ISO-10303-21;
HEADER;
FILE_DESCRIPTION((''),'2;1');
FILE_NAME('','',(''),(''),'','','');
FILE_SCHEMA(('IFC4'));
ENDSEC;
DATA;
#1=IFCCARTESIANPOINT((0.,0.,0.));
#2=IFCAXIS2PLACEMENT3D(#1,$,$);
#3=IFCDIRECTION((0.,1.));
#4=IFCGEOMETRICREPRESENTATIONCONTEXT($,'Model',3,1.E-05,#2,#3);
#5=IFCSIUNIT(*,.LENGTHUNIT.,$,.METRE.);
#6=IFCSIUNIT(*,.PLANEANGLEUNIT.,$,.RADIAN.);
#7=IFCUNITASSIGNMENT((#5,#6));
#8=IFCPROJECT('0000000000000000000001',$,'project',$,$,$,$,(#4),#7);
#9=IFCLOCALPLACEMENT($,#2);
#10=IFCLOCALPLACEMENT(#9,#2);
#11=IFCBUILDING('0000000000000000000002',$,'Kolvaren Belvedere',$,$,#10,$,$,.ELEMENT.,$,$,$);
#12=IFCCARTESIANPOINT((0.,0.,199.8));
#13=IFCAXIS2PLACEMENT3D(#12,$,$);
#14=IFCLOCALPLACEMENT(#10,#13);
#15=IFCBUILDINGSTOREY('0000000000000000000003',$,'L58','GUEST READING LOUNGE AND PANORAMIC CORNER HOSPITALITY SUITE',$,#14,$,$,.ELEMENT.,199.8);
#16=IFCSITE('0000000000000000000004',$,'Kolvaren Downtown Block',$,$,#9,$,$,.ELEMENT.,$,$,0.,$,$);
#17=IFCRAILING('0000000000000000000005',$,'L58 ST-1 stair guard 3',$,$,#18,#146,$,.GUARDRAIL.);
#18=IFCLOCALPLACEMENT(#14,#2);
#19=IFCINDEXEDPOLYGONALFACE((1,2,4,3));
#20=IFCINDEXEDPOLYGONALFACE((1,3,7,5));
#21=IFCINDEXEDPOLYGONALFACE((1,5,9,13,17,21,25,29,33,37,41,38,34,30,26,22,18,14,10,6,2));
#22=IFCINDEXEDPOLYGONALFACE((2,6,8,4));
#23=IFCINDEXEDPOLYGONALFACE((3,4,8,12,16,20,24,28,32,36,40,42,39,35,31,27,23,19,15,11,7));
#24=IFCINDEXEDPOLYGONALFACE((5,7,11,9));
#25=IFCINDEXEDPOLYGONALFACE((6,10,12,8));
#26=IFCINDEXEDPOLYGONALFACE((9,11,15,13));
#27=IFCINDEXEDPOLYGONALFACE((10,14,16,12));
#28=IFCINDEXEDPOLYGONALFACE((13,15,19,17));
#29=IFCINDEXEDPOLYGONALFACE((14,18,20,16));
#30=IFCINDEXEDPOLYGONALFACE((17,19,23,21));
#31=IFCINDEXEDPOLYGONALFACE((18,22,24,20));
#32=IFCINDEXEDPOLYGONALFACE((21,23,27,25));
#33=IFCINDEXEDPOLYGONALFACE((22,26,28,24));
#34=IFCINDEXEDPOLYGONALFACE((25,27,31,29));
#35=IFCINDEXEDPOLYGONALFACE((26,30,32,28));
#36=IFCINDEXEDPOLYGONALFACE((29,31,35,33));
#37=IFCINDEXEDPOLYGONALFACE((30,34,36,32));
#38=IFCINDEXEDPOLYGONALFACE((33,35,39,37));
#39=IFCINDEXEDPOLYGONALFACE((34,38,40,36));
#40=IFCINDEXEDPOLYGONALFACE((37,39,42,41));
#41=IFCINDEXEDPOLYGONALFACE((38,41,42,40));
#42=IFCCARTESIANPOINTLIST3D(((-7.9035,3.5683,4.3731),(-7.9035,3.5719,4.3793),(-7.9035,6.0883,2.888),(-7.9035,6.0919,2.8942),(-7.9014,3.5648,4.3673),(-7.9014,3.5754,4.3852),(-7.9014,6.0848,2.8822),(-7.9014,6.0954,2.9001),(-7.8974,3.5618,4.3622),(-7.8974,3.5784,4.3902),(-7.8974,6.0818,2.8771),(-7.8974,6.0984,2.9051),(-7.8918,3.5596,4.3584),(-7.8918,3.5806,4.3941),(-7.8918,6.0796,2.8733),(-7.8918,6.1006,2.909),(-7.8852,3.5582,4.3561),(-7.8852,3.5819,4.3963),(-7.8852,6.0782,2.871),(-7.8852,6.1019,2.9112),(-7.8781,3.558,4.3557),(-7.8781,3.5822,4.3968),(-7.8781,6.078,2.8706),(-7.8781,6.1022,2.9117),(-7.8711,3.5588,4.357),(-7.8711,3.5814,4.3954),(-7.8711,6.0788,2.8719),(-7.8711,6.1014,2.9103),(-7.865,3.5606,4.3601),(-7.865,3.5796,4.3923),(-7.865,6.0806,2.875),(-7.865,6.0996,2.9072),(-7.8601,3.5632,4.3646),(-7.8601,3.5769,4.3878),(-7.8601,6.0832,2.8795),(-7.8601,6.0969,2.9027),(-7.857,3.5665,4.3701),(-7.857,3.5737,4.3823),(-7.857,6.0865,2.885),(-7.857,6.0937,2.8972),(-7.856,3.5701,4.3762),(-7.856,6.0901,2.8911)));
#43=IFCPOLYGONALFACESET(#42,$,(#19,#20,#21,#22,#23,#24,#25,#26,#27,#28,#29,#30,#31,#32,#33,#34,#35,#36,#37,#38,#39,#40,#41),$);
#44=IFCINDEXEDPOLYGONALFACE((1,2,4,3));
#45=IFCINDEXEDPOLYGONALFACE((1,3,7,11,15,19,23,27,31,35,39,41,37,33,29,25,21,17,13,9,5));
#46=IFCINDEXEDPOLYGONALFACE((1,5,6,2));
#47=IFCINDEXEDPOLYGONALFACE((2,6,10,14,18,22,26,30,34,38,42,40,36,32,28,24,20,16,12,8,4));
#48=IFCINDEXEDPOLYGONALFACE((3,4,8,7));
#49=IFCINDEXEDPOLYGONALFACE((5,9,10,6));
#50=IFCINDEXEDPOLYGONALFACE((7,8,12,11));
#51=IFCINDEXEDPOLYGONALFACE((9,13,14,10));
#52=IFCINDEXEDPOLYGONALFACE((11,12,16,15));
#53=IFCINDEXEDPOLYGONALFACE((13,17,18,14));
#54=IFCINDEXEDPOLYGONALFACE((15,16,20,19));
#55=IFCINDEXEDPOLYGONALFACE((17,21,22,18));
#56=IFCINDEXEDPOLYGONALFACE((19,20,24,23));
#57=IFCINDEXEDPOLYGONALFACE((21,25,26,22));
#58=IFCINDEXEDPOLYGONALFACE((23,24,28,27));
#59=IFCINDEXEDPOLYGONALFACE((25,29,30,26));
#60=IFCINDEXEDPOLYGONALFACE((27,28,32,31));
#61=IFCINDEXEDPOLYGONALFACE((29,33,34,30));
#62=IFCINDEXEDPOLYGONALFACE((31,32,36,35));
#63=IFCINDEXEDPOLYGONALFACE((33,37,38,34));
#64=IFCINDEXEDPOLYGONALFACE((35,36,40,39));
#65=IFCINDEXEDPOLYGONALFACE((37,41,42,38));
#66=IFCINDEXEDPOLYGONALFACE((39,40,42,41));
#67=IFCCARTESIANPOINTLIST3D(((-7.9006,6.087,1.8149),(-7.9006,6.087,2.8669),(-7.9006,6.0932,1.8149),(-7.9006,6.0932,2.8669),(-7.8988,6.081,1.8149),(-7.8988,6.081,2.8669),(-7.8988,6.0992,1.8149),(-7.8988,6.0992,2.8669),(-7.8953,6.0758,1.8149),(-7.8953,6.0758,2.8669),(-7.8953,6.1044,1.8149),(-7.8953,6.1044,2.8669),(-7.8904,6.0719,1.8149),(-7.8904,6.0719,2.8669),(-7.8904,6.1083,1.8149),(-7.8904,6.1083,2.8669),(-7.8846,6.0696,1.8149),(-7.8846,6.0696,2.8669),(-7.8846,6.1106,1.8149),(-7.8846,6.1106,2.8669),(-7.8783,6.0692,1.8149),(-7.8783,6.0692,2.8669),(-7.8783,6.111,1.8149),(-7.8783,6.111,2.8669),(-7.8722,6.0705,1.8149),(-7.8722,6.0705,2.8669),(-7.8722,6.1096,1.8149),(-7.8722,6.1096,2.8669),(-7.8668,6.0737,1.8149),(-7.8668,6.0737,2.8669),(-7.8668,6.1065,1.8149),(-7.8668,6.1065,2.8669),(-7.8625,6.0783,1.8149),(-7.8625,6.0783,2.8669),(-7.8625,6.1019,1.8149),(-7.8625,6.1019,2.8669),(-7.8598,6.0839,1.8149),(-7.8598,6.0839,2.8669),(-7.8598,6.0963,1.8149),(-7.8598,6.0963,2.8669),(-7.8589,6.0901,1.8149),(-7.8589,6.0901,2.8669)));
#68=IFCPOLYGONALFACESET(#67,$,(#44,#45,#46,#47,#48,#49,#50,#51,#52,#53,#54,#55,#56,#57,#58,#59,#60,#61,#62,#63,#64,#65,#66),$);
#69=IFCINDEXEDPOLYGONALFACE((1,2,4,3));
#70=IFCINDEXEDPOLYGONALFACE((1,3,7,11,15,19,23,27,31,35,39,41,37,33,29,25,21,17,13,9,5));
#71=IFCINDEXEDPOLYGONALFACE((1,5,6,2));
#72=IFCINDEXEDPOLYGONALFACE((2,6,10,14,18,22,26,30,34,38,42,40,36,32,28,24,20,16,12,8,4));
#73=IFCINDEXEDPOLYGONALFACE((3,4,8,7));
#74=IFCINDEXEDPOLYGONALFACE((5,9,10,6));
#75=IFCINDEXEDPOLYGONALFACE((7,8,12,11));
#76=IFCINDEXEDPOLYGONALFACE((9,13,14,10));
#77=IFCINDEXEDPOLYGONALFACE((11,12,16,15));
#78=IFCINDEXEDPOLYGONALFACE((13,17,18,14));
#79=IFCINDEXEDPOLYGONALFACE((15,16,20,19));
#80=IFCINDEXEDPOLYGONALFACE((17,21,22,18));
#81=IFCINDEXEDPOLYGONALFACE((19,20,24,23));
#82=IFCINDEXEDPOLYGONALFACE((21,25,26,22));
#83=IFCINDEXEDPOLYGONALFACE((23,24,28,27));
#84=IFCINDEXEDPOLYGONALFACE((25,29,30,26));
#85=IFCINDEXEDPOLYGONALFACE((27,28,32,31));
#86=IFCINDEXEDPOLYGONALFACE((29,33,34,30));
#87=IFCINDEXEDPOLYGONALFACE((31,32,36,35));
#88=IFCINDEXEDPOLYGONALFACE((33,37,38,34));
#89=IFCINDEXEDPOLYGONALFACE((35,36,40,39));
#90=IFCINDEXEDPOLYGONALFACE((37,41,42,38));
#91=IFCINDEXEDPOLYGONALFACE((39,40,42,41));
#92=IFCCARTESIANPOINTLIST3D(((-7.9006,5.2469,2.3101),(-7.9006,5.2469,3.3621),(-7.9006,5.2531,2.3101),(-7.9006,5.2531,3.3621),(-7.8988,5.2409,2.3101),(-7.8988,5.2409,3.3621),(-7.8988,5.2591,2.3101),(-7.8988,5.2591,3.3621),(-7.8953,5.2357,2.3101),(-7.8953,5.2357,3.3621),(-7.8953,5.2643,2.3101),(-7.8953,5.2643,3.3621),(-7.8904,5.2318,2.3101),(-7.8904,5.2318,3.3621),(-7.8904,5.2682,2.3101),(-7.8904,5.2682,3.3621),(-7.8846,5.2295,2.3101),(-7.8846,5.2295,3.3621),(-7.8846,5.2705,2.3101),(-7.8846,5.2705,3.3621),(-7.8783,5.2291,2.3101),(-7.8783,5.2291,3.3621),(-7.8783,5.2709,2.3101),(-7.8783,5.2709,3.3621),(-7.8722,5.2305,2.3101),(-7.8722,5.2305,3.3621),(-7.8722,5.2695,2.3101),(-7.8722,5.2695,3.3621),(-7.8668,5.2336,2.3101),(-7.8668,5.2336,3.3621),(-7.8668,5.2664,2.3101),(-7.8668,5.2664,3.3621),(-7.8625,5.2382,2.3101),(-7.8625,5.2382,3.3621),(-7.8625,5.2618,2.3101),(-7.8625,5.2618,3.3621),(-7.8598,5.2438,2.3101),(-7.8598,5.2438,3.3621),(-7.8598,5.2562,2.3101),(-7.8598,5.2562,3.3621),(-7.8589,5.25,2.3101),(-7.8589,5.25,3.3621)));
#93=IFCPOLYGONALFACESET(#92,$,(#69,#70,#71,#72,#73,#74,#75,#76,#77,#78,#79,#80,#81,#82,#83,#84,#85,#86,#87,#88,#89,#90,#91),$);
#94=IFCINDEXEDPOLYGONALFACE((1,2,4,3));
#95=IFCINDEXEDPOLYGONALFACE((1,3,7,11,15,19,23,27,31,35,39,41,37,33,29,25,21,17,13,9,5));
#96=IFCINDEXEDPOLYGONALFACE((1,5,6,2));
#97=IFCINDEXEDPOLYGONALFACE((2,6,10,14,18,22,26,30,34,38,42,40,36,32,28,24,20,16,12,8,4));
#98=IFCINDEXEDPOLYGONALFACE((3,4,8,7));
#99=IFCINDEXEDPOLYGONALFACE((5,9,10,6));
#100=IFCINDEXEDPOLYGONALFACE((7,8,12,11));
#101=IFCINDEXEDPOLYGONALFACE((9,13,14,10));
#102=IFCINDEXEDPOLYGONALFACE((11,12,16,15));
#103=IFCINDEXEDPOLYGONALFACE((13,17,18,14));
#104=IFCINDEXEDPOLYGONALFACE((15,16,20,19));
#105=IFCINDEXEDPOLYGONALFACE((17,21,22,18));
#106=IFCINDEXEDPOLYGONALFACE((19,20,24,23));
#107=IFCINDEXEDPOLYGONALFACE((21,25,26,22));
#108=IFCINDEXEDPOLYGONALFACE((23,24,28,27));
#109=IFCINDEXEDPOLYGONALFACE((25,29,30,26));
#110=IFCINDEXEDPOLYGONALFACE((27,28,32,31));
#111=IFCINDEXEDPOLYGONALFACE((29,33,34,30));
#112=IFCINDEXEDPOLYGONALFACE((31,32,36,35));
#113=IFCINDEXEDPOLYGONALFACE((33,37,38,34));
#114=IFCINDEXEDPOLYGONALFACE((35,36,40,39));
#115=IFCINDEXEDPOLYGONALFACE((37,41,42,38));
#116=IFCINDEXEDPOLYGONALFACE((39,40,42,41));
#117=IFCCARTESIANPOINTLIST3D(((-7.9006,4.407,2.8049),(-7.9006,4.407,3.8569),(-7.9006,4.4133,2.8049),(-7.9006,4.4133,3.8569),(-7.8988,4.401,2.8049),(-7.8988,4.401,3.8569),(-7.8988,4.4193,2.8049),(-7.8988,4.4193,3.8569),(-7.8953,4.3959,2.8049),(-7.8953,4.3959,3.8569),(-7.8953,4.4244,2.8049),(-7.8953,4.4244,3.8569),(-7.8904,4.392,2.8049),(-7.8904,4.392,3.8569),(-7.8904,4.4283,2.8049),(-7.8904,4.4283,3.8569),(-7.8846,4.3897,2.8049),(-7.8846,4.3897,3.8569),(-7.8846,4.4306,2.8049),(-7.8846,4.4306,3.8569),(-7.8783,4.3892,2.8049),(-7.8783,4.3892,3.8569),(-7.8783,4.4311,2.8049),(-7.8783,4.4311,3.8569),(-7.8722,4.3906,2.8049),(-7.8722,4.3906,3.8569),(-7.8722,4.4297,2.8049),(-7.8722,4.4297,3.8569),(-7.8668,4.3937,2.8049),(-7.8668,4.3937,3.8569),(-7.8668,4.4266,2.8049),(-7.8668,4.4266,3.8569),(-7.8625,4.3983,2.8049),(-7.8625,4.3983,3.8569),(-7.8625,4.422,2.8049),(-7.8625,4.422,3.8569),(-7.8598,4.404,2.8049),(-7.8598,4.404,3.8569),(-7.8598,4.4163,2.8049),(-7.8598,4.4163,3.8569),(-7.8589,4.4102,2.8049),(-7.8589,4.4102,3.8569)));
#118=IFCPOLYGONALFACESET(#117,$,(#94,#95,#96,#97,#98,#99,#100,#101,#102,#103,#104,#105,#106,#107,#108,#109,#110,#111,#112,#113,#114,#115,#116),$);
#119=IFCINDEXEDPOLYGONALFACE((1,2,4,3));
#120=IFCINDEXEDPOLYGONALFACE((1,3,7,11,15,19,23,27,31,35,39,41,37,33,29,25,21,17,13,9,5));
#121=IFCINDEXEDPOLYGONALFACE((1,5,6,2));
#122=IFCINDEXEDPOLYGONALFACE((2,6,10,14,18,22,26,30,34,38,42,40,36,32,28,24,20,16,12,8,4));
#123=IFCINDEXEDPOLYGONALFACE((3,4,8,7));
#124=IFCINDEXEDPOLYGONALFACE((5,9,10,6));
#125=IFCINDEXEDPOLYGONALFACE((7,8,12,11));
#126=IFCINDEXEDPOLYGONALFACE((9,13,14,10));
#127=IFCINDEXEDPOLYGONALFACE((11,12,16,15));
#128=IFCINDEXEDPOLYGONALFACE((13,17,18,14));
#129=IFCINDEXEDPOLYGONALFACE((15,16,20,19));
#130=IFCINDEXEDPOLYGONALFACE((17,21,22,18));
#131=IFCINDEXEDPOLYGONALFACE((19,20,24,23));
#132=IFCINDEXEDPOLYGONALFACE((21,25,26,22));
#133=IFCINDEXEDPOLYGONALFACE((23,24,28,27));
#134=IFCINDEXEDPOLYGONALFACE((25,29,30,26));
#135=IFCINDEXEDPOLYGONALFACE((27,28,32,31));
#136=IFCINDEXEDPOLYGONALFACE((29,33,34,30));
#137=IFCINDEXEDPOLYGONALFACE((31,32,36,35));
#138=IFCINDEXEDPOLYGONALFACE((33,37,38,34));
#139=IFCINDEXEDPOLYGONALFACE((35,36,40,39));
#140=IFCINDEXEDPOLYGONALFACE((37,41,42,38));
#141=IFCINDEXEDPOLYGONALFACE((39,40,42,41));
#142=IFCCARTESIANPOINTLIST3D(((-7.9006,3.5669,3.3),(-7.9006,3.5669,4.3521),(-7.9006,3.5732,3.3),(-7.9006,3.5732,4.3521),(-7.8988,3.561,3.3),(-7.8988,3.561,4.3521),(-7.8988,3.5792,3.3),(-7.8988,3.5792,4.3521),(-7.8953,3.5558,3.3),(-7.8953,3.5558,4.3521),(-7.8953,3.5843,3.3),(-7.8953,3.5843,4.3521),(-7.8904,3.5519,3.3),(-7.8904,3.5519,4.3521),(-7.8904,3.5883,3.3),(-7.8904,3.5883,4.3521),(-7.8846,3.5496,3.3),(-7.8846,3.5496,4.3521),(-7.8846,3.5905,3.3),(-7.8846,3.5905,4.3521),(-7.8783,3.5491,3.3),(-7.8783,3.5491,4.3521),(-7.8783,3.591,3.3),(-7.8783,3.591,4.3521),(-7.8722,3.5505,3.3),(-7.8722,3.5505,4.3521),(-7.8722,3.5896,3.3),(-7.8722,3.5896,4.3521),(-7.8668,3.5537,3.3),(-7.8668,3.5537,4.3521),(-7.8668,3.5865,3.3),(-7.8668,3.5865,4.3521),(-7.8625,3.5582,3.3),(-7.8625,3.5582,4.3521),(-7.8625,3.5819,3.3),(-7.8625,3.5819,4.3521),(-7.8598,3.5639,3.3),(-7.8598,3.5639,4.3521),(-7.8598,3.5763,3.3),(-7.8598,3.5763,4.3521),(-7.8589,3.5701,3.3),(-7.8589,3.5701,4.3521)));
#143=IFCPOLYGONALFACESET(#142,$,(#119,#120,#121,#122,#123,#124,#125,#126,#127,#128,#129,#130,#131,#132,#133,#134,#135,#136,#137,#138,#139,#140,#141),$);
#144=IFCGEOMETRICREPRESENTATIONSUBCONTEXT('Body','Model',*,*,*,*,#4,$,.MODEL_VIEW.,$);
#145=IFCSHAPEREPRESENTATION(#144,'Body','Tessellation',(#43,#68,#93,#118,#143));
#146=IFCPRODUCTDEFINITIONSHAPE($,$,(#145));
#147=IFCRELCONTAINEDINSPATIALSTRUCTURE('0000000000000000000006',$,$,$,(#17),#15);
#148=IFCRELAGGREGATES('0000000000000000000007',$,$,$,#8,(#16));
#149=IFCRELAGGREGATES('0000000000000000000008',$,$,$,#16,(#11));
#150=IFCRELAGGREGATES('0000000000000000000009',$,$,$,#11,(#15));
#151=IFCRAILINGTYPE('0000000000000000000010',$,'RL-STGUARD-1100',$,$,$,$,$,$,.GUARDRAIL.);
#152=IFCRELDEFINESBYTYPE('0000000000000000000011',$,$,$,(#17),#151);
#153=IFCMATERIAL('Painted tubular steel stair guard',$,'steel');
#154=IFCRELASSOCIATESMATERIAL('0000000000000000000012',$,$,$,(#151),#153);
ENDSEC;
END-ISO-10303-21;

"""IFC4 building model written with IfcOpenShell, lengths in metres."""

from ifc_helpers import new_model, si_unit, direction, frame, origin, origin_2d, place, context, subcontext, project, spatial, circle, extrude, material, type_object, element, save


model = new_model("IFC4")

# Units and contexts
model_context = context("Model", 3, precision=1e-05, world=origin(), true_north=direction((0.0, 1.0)))
body_context = subcontext(model_context, "Body", "Model", "MODEL_VIEW")
ifc_project = project(units=[si_unit("LENGTHUNIT", "METRE"), si_unit("PLANEANGLEUNIT", "RADIAN")], contexts=[model_context])

# Site, building, storey
site_placement = place(None, origin())
site = spatial("IfcSite", under=ifc_project, at=site_placement, Name="Kolvaren Downtown Block", CompositionType="ELEMENT", RefElevation=0.0)
building_placement = place(site_placement, origin())
building = spatial("IfcBuilding", under=site, at=building_placement, Name="Kolvaren Belvedere", CompositionType="ELEMENT")
storey_placement = place(building_placement, frame((0.0, 0.0, 199.8)))
storey = spatial("IfcBuildingStorey", under=building, at=storey_placement, Name="L58", Description="GUEST READING LOUNGE AND PANORAMIC CORNER HOSPITALITY SUITE", CompositionType="ELEMENT", Elevation=199.8)

# Railing
ifc_material_1 = material(Name="Painted tubular steel stair guard", Category="steel")
railing_type_1 = type_object("IfcRailingType", Name="RL-STGUARD-1100", PredefinedType="GUARDRAIL", material=ifc_material_1)
railing_1_placement = place(storey_placement, frame((-7.8799, 6.0901, 1.8149)))
element("IfcRailing", 1, at=railing_1_placement, inside=storey, type_object=railing_type_1, Name="L58 ST-1 stair guard 3", PredefinedType="GUARDRAIL", context=body_context, shape_type="SweptSolid", body=[
    extrude(circle(Radius=0.0239, at=origin_2d()), frame((0.0, 0.0, 1.0762), z_axis=(0.0, -0.861524, 0.507717), x_axis=(1.0, 0.0, 0.0)), (0.0, 0.0, 1.0), 2.925),
    extrude(circle(Radius=0.021, at=origin_2d()), origin(), (0.0, 0.0, 1.0), 1.052),
    extrude(circle(Radius=0.021, at=origin_2d()), frame((0.0, -0.8401, 0.4951)), (0.0, 0.0, 1.0), 1.052),
    extrude(circle(Radius=0.021, at=origin_2d()), frame((0.0, -1.6799, 0.99)), (0.0, 0.0, 1.0), 1.052),
    extrude(circle(Radius=0.021, at=origin_2d()), frame((0.0, -2.52, 1.4851)), (0.0, 0.0, 1.0), 1.052),
])

save(model, "model.ifc")
